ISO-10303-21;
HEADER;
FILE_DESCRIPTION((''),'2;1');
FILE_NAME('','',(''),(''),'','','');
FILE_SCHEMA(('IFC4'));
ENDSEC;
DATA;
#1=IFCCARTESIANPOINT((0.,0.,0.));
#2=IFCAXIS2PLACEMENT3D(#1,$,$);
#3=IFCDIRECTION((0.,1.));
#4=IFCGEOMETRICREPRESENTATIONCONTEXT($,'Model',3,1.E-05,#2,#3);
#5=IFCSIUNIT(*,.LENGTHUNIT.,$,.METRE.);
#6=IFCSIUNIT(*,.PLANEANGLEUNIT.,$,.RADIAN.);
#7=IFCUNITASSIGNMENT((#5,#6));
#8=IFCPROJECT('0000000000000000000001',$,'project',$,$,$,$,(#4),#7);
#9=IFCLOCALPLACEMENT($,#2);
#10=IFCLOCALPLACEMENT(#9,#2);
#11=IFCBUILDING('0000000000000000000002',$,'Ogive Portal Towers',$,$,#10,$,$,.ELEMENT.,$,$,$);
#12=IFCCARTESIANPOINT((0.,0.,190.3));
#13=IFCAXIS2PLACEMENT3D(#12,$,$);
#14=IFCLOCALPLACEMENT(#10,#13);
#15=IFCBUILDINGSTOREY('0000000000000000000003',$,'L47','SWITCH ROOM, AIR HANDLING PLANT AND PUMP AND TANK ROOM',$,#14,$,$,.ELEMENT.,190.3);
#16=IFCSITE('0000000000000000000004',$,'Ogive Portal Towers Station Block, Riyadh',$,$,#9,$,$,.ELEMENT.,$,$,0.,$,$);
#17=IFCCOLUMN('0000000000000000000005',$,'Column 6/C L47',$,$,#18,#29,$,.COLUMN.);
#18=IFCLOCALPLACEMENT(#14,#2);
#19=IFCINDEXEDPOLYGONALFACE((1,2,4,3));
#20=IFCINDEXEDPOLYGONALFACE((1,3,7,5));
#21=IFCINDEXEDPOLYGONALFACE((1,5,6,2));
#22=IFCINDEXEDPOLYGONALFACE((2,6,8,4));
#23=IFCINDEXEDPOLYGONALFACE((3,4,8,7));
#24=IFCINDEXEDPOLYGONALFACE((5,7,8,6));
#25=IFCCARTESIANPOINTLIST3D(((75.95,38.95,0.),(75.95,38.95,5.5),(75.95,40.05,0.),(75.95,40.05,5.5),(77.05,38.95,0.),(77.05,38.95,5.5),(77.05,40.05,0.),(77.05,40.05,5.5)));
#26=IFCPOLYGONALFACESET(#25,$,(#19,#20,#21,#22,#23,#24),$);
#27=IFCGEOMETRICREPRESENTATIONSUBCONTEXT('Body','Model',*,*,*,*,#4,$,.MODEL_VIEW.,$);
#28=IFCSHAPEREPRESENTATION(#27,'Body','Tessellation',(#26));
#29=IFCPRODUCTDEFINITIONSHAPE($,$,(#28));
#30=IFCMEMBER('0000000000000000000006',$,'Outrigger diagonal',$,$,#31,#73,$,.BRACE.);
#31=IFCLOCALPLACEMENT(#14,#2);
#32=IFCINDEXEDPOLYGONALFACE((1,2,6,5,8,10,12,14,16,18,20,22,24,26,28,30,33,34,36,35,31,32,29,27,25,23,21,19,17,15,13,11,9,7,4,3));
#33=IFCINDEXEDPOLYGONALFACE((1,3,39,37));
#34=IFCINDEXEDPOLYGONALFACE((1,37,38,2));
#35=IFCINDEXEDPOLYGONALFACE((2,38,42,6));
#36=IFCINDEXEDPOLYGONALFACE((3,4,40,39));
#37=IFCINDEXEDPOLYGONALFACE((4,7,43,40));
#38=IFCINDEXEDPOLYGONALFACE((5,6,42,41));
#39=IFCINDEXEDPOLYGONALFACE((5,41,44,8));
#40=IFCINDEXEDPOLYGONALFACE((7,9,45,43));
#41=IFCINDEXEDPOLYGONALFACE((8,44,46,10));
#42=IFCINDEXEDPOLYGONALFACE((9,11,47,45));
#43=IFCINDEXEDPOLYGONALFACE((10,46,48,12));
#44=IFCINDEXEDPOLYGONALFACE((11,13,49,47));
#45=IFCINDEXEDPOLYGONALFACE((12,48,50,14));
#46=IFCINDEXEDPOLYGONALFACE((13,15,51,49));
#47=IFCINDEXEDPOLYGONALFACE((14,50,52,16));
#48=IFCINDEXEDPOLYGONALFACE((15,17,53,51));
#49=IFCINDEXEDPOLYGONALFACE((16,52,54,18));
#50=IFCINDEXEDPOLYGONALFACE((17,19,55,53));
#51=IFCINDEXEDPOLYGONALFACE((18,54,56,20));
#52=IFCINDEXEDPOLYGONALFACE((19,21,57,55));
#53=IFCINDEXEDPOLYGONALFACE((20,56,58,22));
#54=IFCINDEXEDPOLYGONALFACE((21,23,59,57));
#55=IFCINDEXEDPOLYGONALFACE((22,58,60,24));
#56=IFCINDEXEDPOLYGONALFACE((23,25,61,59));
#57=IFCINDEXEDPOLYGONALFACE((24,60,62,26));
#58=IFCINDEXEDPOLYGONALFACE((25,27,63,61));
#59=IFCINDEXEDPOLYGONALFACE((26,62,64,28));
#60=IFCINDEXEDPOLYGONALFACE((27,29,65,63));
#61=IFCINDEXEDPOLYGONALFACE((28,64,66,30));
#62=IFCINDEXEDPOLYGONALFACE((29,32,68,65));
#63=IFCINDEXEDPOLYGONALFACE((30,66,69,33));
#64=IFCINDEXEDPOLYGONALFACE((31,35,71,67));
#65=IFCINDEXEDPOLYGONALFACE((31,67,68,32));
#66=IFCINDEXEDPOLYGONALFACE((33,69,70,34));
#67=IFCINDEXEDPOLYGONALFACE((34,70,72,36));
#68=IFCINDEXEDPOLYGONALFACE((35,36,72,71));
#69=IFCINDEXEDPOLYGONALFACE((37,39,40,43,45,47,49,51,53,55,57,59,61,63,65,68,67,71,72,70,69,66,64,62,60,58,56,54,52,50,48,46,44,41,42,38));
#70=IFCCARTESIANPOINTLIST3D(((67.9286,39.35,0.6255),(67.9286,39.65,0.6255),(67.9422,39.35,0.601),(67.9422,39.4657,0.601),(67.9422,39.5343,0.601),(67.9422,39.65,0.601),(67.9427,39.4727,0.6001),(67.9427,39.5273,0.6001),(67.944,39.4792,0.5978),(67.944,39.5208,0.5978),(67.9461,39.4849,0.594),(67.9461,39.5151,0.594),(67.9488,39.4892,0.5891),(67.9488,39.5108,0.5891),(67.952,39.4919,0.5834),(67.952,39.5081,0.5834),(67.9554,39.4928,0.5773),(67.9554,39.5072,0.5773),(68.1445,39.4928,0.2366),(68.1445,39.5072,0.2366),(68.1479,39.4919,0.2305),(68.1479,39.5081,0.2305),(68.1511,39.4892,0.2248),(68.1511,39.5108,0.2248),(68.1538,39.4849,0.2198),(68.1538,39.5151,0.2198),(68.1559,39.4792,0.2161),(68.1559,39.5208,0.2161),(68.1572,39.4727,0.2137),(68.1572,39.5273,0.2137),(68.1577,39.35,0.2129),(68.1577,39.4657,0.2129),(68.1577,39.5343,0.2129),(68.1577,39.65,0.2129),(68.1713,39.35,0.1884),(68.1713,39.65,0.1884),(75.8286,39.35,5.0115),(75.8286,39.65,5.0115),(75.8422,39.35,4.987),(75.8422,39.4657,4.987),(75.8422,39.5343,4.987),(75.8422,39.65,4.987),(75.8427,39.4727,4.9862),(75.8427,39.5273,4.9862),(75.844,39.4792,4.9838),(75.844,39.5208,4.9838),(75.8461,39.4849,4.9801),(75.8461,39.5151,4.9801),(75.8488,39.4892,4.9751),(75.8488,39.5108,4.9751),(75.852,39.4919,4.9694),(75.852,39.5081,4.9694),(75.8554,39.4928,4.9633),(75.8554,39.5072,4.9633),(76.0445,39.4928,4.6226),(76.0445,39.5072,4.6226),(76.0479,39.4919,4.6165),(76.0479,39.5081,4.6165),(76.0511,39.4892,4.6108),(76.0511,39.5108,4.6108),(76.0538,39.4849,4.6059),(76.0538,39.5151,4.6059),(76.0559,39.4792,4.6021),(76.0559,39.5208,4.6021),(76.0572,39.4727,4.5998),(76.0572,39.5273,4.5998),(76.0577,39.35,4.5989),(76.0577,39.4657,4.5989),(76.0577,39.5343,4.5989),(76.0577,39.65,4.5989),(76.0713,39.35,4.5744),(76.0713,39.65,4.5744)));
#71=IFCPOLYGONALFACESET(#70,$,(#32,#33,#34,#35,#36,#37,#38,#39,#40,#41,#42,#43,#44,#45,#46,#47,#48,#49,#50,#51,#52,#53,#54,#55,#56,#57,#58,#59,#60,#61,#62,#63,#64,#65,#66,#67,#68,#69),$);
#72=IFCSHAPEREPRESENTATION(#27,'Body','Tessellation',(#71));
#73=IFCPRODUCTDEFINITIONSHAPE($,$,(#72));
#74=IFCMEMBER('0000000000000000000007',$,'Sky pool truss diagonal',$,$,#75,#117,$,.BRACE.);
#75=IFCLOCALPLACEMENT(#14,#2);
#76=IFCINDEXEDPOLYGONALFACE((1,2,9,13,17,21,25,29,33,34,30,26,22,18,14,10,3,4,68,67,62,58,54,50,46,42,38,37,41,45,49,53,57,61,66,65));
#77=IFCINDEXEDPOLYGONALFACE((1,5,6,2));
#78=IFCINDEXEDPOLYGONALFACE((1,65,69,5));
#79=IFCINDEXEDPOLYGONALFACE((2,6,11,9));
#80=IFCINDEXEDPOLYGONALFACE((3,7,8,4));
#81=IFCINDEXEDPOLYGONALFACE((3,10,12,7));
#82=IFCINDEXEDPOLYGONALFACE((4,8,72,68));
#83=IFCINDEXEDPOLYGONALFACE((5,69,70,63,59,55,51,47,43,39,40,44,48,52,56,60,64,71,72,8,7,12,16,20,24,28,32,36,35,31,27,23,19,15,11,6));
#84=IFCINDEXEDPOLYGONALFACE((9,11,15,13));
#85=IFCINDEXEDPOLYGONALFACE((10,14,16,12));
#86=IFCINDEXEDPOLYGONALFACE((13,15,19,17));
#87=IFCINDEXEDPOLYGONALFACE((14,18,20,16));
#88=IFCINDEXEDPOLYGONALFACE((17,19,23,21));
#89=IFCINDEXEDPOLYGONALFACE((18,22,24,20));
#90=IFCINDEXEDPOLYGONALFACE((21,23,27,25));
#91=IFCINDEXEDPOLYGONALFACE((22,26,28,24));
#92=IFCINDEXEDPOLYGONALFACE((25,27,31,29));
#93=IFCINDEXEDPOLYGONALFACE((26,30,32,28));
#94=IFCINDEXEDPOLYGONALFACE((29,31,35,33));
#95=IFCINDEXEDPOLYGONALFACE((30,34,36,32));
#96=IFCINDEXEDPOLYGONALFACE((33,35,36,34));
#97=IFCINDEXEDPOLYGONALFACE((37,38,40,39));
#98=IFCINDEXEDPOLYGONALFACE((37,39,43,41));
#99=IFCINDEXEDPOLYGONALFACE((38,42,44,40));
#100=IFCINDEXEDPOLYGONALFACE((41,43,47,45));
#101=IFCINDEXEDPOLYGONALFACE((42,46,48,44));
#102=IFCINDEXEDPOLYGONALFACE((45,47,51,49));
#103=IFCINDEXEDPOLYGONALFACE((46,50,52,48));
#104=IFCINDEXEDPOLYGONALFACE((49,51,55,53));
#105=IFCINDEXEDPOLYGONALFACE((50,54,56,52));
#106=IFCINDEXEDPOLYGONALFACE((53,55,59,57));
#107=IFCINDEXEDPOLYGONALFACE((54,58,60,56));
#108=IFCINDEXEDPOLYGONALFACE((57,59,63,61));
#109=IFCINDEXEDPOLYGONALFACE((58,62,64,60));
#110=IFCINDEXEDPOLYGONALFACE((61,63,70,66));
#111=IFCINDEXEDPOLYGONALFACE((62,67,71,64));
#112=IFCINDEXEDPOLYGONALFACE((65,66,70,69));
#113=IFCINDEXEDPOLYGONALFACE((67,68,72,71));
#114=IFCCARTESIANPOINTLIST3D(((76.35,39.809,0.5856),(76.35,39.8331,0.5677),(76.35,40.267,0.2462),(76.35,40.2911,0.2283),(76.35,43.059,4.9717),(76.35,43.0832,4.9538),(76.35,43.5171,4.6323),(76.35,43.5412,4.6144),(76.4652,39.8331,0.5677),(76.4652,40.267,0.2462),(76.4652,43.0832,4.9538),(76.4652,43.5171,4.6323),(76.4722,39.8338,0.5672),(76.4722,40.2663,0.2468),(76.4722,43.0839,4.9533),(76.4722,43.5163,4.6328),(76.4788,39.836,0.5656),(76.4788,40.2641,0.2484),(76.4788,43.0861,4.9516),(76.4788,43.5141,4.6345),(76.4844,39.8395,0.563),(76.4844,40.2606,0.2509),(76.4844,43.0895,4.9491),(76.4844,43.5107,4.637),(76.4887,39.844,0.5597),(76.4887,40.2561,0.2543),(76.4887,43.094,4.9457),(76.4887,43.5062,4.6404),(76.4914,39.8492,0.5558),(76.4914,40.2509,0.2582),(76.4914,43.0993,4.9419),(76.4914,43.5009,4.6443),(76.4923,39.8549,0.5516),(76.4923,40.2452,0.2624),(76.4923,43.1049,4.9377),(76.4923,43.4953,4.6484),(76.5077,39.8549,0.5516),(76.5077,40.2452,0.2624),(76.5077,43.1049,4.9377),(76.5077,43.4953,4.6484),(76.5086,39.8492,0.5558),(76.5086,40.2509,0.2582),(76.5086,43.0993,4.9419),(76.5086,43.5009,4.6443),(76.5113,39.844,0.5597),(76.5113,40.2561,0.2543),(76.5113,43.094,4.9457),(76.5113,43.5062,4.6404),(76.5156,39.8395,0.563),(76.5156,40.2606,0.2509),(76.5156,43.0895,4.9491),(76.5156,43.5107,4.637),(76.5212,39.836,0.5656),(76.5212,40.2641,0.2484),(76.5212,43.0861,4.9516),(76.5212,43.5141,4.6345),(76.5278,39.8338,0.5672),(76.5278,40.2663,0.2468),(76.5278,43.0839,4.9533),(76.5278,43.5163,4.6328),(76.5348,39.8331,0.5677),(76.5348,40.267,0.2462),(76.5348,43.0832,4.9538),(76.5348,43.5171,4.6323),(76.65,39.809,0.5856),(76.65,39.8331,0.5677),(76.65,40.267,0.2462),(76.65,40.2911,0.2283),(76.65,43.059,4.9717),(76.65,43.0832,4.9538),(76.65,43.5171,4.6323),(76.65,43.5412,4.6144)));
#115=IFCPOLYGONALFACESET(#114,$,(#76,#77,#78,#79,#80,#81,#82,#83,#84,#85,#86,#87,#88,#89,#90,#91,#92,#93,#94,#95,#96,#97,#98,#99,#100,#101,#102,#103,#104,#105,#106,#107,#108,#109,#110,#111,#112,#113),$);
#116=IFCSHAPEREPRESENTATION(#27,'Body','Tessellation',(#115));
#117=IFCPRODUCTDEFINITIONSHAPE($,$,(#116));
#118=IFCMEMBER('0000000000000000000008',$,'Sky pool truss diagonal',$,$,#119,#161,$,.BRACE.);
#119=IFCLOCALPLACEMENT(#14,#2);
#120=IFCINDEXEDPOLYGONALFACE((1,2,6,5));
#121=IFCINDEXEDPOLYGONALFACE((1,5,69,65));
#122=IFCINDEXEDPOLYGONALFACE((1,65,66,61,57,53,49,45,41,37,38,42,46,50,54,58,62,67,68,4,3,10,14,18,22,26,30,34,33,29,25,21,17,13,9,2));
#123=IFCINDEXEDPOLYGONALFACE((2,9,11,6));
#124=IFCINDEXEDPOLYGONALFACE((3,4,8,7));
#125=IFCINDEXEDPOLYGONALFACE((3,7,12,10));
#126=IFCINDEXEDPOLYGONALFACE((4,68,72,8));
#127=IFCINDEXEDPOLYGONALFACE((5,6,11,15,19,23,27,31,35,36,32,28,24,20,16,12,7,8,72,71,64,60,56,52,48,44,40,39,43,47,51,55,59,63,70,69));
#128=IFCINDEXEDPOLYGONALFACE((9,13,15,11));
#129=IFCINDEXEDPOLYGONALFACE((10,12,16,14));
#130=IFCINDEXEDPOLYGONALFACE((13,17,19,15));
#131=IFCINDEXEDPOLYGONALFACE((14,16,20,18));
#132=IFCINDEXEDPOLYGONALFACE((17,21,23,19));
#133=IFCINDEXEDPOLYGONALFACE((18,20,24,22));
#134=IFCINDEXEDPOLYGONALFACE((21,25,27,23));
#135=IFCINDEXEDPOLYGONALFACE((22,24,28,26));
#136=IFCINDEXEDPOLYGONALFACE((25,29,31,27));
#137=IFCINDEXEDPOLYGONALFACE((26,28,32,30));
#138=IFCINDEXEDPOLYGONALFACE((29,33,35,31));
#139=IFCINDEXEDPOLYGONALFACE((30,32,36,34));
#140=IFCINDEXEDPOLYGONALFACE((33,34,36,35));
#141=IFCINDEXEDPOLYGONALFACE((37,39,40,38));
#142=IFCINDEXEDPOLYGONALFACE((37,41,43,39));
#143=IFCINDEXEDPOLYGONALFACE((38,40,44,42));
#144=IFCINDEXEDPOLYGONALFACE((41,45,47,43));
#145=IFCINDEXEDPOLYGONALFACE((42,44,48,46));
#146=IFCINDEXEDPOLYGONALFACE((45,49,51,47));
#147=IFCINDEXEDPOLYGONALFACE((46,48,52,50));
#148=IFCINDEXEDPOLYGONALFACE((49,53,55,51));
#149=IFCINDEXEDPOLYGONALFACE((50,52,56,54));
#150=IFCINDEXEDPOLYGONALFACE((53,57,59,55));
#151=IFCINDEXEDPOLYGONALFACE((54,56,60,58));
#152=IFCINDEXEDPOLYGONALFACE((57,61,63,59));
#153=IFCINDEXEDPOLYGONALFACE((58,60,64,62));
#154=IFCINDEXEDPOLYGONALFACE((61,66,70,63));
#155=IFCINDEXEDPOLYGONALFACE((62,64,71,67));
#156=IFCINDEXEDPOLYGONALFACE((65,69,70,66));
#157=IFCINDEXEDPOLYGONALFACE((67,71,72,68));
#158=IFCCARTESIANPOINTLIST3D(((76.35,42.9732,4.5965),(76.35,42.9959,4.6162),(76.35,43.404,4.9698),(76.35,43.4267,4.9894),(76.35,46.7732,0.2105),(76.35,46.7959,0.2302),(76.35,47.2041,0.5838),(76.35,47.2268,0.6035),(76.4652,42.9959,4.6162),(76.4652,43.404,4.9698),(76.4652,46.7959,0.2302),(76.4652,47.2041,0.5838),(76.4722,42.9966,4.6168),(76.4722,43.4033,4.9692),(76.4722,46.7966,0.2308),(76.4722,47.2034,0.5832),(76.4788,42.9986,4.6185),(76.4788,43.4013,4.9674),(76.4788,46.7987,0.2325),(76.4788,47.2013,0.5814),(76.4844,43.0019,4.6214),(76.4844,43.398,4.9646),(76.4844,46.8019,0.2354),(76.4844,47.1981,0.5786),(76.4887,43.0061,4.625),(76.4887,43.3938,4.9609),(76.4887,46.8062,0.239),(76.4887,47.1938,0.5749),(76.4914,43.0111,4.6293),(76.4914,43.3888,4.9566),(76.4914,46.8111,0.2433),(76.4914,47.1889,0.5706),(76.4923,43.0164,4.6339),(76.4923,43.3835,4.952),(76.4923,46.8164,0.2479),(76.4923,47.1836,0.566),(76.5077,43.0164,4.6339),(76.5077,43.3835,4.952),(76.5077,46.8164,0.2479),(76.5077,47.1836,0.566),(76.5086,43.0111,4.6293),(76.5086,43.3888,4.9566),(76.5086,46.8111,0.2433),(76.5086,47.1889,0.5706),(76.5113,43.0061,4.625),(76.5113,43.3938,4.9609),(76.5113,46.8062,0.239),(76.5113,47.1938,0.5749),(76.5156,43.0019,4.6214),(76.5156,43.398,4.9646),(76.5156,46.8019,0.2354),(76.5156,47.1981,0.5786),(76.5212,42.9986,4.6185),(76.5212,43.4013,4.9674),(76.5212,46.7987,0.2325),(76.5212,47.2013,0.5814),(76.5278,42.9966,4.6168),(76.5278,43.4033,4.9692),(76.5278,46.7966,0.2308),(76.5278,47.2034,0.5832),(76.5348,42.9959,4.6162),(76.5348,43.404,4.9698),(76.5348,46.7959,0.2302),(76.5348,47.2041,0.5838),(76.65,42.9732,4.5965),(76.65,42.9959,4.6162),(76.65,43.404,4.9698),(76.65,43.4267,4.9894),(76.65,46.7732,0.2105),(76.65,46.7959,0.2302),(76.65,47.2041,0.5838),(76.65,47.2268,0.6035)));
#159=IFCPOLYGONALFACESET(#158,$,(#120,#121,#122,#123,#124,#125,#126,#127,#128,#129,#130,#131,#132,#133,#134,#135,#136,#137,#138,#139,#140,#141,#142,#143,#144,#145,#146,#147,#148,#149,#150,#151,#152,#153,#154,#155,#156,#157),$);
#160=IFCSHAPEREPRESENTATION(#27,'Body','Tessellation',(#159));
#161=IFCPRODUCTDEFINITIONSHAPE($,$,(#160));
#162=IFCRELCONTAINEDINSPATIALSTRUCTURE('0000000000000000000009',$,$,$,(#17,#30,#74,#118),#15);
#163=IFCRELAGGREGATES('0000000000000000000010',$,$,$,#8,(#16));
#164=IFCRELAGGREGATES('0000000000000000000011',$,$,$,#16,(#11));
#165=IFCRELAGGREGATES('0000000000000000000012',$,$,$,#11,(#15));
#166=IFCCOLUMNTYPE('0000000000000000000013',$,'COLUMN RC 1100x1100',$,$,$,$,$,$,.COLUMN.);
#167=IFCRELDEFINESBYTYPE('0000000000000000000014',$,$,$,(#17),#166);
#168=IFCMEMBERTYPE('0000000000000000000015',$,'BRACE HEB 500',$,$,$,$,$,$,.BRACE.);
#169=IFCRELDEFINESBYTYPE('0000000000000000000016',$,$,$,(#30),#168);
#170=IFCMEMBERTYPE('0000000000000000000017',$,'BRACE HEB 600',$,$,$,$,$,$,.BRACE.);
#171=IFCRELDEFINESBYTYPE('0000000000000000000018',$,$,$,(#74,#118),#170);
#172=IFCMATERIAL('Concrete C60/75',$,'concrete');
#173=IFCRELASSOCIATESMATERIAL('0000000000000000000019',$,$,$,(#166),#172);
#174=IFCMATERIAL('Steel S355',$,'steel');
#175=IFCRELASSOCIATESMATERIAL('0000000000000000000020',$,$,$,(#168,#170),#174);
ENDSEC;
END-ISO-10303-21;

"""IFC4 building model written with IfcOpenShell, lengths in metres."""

from ifc_helpers import new_model, si_unit, direction, frame, origin, origin_2d, place, context, subcontext, project, spatial, rectangle, i_section, extrude, material, material_profile, profile_set, type_object, element, save


model = new_model("IFC4")

# Units and contexts
model_context = context("Model", 3, precision=1e-05, world=origin(), true_north=direction((0.0, 1.0)))
body_context = subcontext(model_context, "Body", "Model", "MODEL_VIEW")
ifc_project = project(units=[si_unit("LENGTHUNIT", "METRE"), si_unit("PLANEANGLEUNIT", "RADIAN")], contexts=[model_context])

# Site, building, storey
site_placement = place(None, origin())
site = spatial("IfcSite", under=ifc_project, at=site_placement, Name="Ogive Portal Towers Station Block, Riyadh", CompositionType="ELEMENT", RefElevation=0.0)
building_placement = place(site_placement, origin())
building = spatial("IfcBuilding", under=site, at=building_placement, Name="Ogive Portal Towers", CompositionType="ELEMENT")
storey_placement = place(building_placement, frame((0.0, 0.0, 190.3)))
storey = spatial("IfcBuildingStorey", under=building, at=storey_placement, Name="L47", Description="SWITCH ROOM, AIR HANDLING PLANT AND PUMP AND TANK ROOM", CompositionType="ELEMENT", Elevation=190.3)

# Column
ifc_material_1 = material(Name="Concrete C60/75", Category="concrete")
ifc_material_profile_1 = material_profile(ifc_material_1, rectangle(XDim=1.1001, YDim=1.1001, at=origin_2d()), Name="RC 1100x1100")
ifc_profile_set_1 = profile_set([ifc_material_profile_1], Name="Concrete C60/75")
column_type = type_object("IfcColumnType", Name="COLUMN RC 1100x1100", PredefinedType="COLUMN", material=ifc_profile_set_1)
column_placement = place(storey_placement, frame((76.5, 39.5, 0.0), z_axis=(0.0, 0.0, 1.0), x_axis=(1.0, 0.0, 0.0)))
element("IfcColumn", 1, at=column_placement, inside=storey, type_object=column_type, Name="Column 6/C L47", PredefinedType="COLUMN", context=body_context, shape_type="SweptSolid", body=[
    extrude(rectangle(XDim=1.1001, YDim=1.1001, at=origin_2d()), origin(), (0.0, 0.0, 1.0), 5.5),
])

# Members
ifc_material_2 = material(Name="Steel S355", Category="steel")
ifc_material_profile_2 = material_profile(ifc_material_2, i_section(OverallWidth=0.3, OverallDepth=0.5, WebThickness=0.0144, FlangeThickness=0.0281, FilletRadius=0.0271, at=origin_2d()), Name="HEB 500")
ifc_profile_set_2 = profile_set([ifc_material_profile_2], Name="Steel S355")
member_type_1 = type_object("IfcMemberType", Name="BRACE HEB 500", PredefinedType="BRACE", material=ifc_profile_set_2)
member_1_placement = place(storey_placement, frame((75.95, 39.5, 4.793), z_axis=(-0.874291, 0.0, -0.485402), x_axis=(0.0, -1.0, 0.0)))
element("IfcMember", 2, at=member_1_placement, inside=storey, type_object=member_type_1, Name="Outrigger diagonal", PredefinedType="BRACE", context=body_context, shape_type="SweptSolid", body=[
    extrude(i_section(OverallWidth=0.3, OverallDepth=0.5, WebThickness=0.0144, FlangeThickness=0.0281, FilletRadius=0.0271, at=origin_2d()), origin(), (0.0, 0.0, 1.0), 9.0359),
])
ifc_material_profile_3 = material_profile(ifc_material_2, i_section(OverallWidth=0.3, OverallDepth=0.6001, WebThickness=0.0154, FlangeThickness=0.03, FilletRadius=0.0271, at=origin_2d()), Name="HEB 600")
ifc_profile_set_3 = profile_set([ifc_material_profile_3], Name="Steel S355")
member_type_2 = type_object("IfcMemberType", Name="BRACE HEB 600", PredefinedType="BRACE", material=ifc_profile_set_3)
member_2_placement = place(storey_placement, frame((76.5, 40.05, 0.407), z_axis=(0.0, 0.59536, 0.803459), x_axis=(-1.0, 0.0, 0.0)))
element("IfcMember", 3, at=member_2_placement, inside=storey, type_object=member_type_2, Name="Sky pool truss diagonal", PredefinedType="BRACE", context=body_context, shape_type="SweptSolid", body=[
    extrude(i_section(OverallWidth=0.3, OverallDepth=0.6001, WebThickness=0.0154, FlangeThickness=0.03, FilletRadius=0.0271, at=origin_2d()), origin(), (0.0, 0.0, 1.0), 5.459),
])
member_3_placement = place(storey_placement, frame((76.5, 43.2, 4.793), z_axis=(0.0, 0.654818, -0.755786), x_axis=(-1.0, 0.0, 0.0)))
element("IfcMember", 4, at=member_3_placement, inside=storey, type_object=member_type_2, Name="Sky pool truss diagonal", PredefinedType="BRACE", context=body_context, shape_type="SweptSolid", body=[
    extrude(i_section(OverallWidth=0.3, OverallDepth=0.6001, WebThickness=0.0154, FlangeThickness=0.03, FilletRadius=0.0271, at=origin_2d()), origin(), (0.0, 0.0, 1.0), 5.8032),
])

save(model, "model.ifc")
